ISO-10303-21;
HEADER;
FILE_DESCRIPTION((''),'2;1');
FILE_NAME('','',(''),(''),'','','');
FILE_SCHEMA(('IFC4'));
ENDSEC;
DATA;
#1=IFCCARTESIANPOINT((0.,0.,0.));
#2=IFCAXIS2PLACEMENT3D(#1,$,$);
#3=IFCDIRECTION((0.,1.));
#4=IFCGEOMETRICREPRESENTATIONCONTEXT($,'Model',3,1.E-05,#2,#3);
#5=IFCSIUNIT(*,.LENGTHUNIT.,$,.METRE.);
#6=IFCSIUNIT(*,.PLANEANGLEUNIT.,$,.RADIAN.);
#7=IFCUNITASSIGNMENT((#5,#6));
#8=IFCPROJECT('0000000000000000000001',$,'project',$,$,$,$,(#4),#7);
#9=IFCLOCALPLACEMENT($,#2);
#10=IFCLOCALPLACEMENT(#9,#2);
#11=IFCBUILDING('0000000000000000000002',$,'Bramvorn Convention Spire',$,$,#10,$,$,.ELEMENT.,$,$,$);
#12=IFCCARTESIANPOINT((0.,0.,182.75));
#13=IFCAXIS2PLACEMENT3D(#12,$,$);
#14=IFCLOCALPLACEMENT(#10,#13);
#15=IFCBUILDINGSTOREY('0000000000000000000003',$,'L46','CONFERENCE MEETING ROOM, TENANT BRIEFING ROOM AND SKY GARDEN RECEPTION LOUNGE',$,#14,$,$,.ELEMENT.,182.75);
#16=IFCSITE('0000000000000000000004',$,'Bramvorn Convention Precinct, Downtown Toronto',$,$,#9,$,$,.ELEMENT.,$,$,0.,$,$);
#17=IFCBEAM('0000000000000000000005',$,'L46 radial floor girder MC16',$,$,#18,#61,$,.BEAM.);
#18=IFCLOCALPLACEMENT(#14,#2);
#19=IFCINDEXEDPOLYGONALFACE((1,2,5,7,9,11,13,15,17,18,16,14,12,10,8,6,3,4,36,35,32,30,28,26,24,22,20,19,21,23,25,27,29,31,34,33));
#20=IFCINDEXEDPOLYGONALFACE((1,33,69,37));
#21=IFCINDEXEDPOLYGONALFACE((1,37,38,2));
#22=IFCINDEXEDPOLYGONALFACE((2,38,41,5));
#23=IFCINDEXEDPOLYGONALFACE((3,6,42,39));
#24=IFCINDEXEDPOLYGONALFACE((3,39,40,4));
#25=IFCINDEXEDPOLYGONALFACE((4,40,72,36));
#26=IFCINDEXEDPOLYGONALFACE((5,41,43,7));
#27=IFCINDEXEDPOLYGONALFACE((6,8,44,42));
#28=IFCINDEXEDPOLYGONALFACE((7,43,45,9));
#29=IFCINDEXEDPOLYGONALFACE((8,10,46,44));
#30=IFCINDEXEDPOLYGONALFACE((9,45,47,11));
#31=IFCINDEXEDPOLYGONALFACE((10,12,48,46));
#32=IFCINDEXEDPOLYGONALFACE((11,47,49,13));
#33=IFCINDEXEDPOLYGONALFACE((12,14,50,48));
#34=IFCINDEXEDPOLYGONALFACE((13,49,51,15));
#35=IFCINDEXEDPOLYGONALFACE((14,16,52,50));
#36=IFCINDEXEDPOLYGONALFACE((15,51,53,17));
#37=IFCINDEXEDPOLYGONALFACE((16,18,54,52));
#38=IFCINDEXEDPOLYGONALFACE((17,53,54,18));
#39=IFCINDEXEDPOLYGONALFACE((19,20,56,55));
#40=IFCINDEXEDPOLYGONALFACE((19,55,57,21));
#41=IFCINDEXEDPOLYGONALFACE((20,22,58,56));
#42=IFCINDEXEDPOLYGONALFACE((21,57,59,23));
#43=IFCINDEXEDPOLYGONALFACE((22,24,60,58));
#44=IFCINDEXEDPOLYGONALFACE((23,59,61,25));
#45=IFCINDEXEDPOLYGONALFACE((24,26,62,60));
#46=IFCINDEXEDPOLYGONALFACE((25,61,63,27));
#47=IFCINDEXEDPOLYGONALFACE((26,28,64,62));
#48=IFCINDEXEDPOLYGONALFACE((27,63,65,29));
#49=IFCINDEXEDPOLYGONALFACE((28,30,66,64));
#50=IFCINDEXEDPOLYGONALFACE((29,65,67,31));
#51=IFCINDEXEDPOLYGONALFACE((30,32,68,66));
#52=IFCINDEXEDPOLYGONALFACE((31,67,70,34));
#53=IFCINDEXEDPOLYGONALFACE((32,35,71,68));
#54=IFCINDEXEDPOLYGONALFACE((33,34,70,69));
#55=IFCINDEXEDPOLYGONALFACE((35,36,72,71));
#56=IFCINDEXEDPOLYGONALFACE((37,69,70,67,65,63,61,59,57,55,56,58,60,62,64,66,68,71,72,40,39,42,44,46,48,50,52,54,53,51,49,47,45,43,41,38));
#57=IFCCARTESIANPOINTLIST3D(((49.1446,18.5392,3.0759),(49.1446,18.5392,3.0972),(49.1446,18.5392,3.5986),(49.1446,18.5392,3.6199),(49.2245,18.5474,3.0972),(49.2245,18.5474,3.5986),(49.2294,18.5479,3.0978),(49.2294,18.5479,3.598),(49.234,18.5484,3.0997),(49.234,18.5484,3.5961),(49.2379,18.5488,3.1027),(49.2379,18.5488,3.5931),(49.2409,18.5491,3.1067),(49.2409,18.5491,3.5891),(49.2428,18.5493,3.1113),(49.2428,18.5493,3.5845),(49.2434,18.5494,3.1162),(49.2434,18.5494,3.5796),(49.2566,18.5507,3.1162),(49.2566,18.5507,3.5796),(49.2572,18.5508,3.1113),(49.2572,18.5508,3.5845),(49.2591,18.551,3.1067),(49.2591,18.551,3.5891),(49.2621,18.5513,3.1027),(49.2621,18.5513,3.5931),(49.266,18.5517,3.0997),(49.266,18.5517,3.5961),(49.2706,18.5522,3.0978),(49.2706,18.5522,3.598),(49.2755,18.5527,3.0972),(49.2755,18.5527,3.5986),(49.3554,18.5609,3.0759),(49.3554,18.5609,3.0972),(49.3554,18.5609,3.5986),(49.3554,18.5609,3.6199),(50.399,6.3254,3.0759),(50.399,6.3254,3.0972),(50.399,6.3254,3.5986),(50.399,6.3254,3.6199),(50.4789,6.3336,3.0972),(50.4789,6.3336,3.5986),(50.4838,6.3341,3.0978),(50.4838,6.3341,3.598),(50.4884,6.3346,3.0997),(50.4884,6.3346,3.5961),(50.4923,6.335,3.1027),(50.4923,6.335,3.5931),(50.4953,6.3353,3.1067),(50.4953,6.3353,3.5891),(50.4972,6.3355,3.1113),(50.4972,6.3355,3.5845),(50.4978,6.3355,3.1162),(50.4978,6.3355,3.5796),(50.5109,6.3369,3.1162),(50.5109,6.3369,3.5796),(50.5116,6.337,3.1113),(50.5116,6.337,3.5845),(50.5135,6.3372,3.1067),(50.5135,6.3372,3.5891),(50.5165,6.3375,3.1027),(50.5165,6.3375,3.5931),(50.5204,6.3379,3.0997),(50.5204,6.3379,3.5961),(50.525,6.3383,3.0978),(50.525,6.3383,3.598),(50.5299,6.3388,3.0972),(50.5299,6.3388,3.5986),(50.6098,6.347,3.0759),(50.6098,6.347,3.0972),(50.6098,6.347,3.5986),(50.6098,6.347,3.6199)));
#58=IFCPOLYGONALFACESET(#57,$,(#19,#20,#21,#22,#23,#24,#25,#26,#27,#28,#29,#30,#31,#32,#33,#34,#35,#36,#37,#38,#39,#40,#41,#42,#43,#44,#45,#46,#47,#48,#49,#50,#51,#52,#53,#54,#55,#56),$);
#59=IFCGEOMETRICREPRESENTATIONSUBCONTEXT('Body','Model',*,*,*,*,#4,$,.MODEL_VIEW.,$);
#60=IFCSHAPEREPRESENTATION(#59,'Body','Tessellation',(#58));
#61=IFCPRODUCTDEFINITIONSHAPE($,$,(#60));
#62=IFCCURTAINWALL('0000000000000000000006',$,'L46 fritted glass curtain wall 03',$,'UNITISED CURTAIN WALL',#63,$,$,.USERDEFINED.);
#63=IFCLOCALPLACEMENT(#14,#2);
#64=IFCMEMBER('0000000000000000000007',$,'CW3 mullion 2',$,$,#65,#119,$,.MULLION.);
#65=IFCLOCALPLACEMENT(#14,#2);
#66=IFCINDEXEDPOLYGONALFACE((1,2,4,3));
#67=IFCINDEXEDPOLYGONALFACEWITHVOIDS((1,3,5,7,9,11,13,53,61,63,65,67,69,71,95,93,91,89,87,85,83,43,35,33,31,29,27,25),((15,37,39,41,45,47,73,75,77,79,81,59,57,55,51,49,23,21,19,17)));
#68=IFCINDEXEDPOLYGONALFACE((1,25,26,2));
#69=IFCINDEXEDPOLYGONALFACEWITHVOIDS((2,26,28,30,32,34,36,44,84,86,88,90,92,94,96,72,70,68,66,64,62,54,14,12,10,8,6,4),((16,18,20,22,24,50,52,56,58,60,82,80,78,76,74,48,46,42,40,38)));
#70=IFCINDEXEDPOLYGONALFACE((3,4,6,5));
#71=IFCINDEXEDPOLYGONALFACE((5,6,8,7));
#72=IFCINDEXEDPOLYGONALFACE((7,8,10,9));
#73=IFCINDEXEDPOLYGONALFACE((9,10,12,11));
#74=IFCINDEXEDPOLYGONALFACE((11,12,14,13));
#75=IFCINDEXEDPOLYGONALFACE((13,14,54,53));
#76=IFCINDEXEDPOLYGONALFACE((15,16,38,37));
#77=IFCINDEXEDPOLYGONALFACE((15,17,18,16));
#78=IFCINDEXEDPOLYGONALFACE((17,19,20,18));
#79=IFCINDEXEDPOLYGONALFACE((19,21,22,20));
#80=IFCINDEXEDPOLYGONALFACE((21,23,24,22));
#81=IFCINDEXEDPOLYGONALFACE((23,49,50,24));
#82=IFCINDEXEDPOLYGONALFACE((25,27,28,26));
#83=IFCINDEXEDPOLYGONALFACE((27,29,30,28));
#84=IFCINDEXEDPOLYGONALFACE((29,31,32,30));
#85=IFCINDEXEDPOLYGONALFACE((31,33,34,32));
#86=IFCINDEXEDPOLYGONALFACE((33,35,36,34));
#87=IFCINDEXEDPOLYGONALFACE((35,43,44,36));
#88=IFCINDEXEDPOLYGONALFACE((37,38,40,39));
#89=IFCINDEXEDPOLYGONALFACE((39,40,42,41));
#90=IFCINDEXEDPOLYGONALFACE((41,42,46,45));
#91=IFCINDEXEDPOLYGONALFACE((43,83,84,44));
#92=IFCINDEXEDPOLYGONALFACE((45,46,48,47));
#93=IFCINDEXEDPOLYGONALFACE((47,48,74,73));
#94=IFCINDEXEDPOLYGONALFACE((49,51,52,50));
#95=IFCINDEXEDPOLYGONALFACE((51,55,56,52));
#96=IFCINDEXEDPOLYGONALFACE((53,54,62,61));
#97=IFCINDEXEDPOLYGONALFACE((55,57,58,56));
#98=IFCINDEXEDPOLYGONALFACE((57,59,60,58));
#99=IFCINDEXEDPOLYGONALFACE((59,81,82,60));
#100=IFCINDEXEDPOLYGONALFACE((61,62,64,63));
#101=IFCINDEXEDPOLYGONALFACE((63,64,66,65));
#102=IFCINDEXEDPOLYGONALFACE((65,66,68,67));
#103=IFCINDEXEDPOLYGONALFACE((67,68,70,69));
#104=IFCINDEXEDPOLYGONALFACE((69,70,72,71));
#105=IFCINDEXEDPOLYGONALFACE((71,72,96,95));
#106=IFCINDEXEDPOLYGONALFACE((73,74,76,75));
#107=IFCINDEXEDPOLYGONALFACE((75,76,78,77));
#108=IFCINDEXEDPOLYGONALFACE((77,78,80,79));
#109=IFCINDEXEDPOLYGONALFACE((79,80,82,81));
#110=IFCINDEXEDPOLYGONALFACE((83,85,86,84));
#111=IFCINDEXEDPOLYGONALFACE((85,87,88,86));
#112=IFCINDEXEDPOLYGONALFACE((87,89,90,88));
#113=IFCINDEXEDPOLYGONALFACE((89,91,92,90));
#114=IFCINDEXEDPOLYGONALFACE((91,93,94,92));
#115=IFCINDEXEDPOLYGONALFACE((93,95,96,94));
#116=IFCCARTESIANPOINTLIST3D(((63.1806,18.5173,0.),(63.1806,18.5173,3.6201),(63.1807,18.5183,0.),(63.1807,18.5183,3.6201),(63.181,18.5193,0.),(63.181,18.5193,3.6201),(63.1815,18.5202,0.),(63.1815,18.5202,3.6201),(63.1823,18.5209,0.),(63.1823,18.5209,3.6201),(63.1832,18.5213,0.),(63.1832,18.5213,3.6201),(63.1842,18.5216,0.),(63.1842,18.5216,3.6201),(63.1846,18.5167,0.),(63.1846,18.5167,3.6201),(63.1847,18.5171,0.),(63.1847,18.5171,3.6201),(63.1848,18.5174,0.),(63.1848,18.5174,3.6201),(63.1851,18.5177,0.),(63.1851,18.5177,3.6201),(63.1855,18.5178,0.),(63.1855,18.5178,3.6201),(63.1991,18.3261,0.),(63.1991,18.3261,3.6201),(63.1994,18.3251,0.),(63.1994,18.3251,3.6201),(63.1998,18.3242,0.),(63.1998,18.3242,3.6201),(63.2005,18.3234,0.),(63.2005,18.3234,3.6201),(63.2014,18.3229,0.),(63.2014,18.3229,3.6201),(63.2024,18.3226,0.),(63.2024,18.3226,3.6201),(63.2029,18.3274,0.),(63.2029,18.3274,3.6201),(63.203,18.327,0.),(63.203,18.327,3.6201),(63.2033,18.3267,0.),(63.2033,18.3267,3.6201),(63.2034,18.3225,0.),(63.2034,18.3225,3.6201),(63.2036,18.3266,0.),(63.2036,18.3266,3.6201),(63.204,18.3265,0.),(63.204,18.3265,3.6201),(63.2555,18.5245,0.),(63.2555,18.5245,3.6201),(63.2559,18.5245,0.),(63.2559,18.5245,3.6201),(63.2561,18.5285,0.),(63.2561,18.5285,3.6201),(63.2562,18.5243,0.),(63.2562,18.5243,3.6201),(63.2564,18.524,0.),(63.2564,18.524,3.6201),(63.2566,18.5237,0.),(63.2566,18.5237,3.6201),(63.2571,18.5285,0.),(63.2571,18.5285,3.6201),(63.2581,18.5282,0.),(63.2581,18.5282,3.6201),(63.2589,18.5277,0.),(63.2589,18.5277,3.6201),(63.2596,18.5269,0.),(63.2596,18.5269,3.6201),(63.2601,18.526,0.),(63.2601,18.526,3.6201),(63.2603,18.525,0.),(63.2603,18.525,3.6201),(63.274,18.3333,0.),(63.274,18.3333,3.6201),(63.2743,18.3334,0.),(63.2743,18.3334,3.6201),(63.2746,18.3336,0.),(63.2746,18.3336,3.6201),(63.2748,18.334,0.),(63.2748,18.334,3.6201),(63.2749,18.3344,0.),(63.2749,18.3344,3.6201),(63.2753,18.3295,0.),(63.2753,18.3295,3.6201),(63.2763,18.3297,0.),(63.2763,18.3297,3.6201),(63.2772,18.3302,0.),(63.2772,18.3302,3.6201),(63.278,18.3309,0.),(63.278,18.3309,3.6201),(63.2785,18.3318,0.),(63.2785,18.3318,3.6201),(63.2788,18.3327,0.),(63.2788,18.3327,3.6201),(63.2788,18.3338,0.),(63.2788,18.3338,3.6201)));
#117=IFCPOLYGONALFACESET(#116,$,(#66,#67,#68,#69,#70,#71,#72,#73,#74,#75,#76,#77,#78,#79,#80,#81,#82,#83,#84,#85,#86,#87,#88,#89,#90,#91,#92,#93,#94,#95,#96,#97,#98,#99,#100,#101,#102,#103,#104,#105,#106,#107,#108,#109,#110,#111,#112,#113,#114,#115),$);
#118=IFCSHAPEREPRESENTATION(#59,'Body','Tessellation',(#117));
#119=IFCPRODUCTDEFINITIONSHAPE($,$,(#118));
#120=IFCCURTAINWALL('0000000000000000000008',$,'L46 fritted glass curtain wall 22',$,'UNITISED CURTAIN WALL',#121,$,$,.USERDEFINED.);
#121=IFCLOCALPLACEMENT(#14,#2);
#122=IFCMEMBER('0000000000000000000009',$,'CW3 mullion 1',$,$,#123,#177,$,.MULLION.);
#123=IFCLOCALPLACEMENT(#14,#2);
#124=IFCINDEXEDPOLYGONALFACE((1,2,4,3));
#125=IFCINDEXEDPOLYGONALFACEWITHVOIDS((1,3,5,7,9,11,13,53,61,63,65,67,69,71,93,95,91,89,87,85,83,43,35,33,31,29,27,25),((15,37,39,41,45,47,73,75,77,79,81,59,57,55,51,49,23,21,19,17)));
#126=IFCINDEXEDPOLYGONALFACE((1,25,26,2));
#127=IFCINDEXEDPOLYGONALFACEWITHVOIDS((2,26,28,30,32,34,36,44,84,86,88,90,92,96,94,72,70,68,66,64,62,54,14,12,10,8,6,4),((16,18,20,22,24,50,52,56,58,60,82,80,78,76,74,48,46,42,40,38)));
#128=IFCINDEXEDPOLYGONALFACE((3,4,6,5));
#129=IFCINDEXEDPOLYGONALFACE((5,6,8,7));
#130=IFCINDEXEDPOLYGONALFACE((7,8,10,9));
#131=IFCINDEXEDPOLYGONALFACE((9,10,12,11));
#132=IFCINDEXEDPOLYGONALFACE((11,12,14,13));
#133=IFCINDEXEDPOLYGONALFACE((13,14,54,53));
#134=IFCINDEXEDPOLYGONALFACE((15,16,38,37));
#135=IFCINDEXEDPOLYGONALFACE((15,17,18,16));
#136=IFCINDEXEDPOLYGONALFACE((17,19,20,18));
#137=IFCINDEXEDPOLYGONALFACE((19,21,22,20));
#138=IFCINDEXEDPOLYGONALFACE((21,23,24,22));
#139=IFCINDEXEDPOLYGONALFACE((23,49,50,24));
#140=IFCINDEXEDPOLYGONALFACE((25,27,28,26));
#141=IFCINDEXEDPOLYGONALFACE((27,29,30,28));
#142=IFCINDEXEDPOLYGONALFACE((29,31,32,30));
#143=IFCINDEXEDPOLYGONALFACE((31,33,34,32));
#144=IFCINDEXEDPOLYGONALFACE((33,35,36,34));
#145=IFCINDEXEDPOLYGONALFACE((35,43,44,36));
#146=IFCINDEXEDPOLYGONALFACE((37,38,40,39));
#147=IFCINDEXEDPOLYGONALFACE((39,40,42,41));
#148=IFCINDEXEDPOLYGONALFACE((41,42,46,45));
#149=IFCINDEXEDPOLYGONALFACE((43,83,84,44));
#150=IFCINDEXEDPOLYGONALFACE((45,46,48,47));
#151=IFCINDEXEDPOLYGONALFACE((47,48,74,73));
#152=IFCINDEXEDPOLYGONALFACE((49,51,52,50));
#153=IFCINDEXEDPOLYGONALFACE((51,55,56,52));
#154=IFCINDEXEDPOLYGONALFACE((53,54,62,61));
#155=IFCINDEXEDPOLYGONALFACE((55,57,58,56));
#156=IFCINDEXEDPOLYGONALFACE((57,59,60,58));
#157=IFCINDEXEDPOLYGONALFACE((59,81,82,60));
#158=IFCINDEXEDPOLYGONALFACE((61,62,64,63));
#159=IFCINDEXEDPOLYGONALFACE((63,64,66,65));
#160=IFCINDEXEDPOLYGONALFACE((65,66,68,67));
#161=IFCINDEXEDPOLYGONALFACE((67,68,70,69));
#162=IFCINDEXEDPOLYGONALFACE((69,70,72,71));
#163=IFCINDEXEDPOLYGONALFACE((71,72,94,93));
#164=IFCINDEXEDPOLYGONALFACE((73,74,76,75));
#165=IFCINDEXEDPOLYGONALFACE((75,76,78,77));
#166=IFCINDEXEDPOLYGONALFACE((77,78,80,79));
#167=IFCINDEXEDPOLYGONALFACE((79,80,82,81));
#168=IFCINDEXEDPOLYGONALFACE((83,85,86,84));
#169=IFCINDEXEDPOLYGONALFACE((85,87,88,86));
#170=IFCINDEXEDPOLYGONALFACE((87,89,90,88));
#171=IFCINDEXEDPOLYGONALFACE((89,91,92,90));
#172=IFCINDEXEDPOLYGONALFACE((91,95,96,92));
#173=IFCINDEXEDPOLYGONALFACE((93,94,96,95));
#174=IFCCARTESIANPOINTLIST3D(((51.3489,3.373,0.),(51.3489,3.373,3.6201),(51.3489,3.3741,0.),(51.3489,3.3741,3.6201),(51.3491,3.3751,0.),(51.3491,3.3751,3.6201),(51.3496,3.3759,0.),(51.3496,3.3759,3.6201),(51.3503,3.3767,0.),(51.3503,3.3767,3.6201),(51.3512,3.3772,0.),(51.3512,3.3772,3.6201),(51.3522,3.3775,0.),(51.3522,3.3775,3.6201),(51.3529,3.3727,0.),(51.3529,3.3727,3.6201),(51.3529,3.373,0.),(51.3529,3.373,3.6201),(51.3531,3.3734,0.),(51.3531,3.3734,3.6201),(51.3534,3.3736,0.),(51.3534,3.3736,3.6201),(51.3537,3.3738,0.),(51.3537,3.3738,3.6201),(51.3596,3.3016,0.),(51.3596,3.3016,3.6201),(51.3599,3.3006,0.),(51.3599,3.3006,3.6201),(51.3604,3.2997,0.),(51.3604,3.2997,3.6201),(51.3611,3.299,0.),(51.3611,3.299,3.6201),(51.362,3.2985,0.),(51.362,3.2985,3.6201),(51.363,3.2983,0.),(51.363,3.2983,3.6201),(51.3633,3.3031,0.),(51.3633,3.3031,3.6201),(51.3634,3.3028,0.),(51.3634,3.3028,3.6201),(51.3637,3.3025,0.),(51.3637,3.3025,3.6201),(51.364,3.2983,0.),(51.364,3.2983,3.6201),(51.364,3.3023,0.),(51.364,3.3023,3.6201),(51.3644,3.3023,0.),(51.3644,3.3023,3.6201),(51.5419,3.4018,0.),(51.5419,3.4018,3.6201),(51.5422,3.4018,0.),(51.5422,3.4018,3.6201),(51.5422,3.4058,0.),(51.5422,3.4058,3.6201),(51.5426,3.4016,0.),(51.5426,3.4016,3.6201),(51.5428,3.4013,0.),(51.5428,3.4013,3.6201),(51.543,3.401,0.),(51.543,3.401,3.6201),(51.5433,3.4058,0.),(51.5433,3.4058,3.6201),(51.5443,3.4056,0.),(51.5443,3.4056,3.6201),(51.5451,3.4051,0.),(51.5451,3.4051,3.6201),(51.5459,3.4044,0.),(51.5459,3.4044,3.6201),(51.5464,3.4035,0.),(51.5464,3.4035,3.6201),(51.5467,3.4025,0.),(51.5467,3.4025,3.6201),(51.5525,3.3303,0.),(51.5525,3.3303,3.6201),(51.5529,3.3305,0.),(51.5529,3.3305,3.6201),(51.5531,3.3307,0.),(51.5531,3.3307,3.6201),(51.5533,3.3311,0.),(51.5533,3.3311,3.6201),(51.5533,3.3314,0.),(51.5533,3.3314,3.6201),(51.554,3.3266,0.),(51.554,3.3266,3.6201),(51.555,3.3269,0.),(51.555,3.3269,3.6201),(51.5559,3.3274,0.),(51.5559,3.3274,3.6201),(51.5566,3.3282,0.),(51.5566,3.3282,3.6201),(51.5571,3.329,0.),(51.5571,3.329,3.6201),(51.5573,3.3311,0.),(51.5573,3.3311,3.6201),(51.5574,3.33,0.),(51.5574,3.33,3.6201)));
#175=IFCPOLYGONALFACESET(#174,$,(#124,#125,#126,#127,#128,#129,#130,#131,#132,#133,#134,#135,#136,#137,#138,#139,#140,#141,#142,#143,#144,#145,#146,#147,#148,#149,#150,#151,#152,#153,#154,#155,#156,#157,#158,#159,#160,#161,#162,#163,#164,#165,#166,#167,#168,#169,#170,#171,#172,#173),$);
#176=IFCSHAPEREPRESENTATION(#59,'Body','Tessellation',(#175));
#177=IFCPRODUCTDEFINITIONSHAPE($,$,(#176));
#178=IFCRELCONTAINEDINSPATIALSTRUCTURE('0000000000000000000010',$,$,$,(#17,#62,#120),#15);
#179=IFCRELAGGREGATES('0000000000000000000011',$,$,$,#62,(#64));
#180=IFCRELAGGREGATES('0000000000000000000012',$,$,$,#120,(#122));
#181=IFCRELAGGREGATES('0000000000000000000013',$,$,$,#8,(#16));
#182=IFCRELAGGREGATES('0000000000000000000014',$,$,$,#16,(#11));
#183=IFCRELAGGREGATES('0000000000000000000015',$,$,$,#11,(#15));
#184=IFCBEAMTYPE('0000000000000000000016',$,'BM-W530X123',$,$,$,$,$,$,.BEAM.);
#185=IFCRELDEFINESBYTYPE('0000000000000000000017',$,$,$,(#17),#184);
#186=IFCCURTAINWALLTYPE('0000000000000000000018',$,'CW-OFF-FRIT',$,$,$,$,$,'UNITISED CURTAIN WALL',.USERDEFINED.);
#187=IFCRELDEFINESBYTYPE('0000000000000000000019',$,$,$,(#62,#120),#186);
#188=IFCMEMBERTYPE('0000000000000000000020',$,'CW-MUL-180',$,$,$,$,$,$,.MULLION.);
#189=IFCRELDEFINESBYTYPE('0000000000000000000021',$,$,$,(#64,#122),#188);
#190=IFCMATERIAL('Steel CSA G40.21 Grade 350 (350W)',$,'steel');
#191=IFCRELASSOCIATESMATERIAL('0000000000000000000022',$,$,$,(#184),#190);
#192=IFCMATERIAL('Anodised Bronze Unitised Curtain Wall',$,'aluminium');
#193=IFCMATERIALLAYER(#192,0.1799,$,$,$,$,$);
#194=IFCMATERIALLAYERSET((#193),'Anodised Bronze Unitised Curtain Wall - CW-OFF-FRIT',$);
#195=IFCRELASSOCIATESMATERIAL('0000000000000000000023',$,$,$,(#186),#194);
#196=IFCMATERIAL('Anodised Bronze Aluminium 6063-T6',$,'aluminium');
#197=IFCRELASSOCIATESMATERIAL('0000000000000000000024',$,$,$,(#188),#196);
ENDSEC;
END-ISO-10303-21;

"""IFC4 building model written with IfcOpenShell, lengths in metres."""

from ifc_helpers import new_model, si_unit, direction, frame, origin, origin_2d, place, context, subcontext, project, spatial, hollow_rectangle, i_section, extrude, material, layer, layer_set, material_profile, profile_set, type_object, element, aggregate, save


model = new_model("IFC4")

# Units and contexts
model_context = context("Model", 3, precision=1e-05, world=origin(), true_north=direction((0.0, 1.0)))
body_context = subcontext(model_context, "Body", "Model", "MODEL_VIEW")
ifc_project = project(units=[si_unit("LENGTHUNIT", "METRE"), si_unit("PLANEANGLEUNIT", "RADIAN")], contexts=[model_context])

# Site, building, storey
site_placement = place(None, origin())
site = spatial("IfcSite", under=ifc_project, at=site_placement, Name="Bramvorn Convention Precinct, Downtown Toronto", CompositionType="ELEMENT", RefElevation=0.0)
building_placement = place(site_placement, origin())
building = spatial("IfcBuilding", under=site, at=building_placement, Name="Bramvorn Convention Spire", CompositionType="ELEMENT")
storey_placement = place(building_placement, frame((0.0, 0.0, 182.75)))
storey = spatial("IfcBuildingStorey", under=building, at=storey_placement, Name="L46", Description="CONFERENCE MEETING ROOM, TENANT BRIEFING ROOM AND SKY GARDEN RECEPTION LOUNGE", CompositionType="ELEMENT", Elevation=182.75)

# Shared definitions
ifc_material_1 = material(Name="Steel CSA G40.21 Grade 350 (350W)", Category="steel")

# Beam
ifc_material_profile_1 = material_profile(ifc_material_1, i_section(OverallWidth=0.2119, OverallDepth=0.5439, WebThickness=0.0132, FlangeThickness=0.0212, FilletRadius=0.019, at=origin_2d()))
ifc_profile_set_1 = profile_set([ifc_material_profile_1], Name="Steel CSA G40.21 Grade 350 (350W) - W530X123")
beam_type_1 = type_object("IfcBeamType", Name="BM-W530X123", PredefinedType="BEAM", material=ifc_profile_set_1)
beam_1_placement = place(storey_placement, frame((49.25, 18.55, 3.3479), z_axis=(0.102165, -0.994767, 0.0), x_axis=(0.994767, 0.102165, 0.0)))
element("IfcBeam", 1, at=beam_1_placement, inside=storey, type_object=beam_type_1, Name="L46 radial floor girder MC16", PredefinedType="BEAM", context=body_context, shape_type="SweptSolid", body=[
    extrude(i_section(OverallWidth=0.2119, OverallDepth=0.5439, WebThickness=0.0132, FlangeThickness=0.0212, FilletRadius=0.019, at=origin_2d()), origin(), (0.0, 0.0, 1.0), 12.2781),
])

# Curtain wall, member
ifc_material_2 = material(Name="Anodised Bronze Unitised Curtain Wall", Category="aluminium")
ifc_layer_1 = layer(ifc_material_2, 0.1799)
ifc_layer_set_1 = layer_set([ifc_layer_1], Name="Anodised Bronze Unitised Curtain Wall - CW-OFF-FRIT")
curtain_wall_type = type_object("IfcCurtainWallType", Name="CW-OFF-FRIT", ElementType="UNITISED CURTAIN WALL", PredefinedType="USERDEFINED", material=ifc_layer_set_1)
curtain_wall_1_placement = place(storey_placement, origin())
curtain_wall_1 = element("IfcCurtainWall", 2, at=curtain_wall_1_placement, inside=storey, type_object=curtain_wall_type, Name="L46 fritted glass curtain wall 03", ObjectType="UNITISED CURTAIN WALL", PredefinedType="USERDEFINED")
ifc_material_3 = material(Name="Anodised Bronze Aluminium 6063-T6", Category="aluminium")
ifc_material_profile_2 = material_profile(ifc_material_3, hollow_rectangle(XDim=0.0801, YDim=0.2, WallThickness=0.0039, InnerFilletRadius=0.001, OuterFilletRadius=0.0039, at=origin_2d()))
ifc_profile_set_2 = profile_set([ifc_material_profile_2], Name="Anodised Bronze Aluminium 6063-T6 - CWM80X200")
member_type_1 = type_object("IfcMemberType", Name="CW-MUL-180", PredefinedType="MULLION", material=ifc_profile_set_2)
member_1_placement = place(storey_placement, frame((63.2297, 18.4255, 0.0), z_axis=(0.0, 0.0, 1.0), x_axis=(0.99536, 0.096219, 0.0)))
member_1 = element("IfcMember", 3, at=member_1_placement, type_object=member_type_1, Name="CW3 mullion 2", PredefinedType="MULLION", context=body_context, shape_type="SweptSolid", body=[
    extrude(hollow_rectangle(XDim=0.0801, YDim=0.2, WallThickness=0.0039, InnerFilletRadius=0.001, OuterFilletRadius=0.0039, at=origin_2d()), origin(), (0.0, 0.0, 1.0), 3.6201),
])

# Curtain wall, member
curtain_wall_2_placement = place(storey_placement, origin())
curtain_wall_2 = element("IfcCurtainWall", 4, at=curtain_wall_2_placement, inside=storey, type_object=curtain_wall_type, Name="L46 fritted glass curtain wall 22", ObjectType="UNITISED CURTAIN WALL", PredefinedType="USERDEFINED")
member_2_placement = place(storey_placement, frame((51.4531, 3.3521, 0.0), z_axis=(0.0, 0.0, 1.0), x_axis=(0.147438, -0.989071, 0.0)))
member_2 = element("IfcMember", 5, at=member_2_placement, type_object=member_type_1, Name="CW3 mullion 1", PredefinedType="MULLION", context=body_context, shape_type="SweptSolid", body=[
    extrude(hollow_rectangle(XDim=0.0801, YDim=0.2, WallThickness=0.0039, InnerFilletRadius=0.001, OuterFilletRadius=0.0039, at=origin_2d()), origin(), (0.0, 0.0, 1.0), 3.6201),
])

aggregate(curtain_wall_1, [member_1])
aggregate(curtain_wall_2, [member_2])

save(model, "model.ifc")
